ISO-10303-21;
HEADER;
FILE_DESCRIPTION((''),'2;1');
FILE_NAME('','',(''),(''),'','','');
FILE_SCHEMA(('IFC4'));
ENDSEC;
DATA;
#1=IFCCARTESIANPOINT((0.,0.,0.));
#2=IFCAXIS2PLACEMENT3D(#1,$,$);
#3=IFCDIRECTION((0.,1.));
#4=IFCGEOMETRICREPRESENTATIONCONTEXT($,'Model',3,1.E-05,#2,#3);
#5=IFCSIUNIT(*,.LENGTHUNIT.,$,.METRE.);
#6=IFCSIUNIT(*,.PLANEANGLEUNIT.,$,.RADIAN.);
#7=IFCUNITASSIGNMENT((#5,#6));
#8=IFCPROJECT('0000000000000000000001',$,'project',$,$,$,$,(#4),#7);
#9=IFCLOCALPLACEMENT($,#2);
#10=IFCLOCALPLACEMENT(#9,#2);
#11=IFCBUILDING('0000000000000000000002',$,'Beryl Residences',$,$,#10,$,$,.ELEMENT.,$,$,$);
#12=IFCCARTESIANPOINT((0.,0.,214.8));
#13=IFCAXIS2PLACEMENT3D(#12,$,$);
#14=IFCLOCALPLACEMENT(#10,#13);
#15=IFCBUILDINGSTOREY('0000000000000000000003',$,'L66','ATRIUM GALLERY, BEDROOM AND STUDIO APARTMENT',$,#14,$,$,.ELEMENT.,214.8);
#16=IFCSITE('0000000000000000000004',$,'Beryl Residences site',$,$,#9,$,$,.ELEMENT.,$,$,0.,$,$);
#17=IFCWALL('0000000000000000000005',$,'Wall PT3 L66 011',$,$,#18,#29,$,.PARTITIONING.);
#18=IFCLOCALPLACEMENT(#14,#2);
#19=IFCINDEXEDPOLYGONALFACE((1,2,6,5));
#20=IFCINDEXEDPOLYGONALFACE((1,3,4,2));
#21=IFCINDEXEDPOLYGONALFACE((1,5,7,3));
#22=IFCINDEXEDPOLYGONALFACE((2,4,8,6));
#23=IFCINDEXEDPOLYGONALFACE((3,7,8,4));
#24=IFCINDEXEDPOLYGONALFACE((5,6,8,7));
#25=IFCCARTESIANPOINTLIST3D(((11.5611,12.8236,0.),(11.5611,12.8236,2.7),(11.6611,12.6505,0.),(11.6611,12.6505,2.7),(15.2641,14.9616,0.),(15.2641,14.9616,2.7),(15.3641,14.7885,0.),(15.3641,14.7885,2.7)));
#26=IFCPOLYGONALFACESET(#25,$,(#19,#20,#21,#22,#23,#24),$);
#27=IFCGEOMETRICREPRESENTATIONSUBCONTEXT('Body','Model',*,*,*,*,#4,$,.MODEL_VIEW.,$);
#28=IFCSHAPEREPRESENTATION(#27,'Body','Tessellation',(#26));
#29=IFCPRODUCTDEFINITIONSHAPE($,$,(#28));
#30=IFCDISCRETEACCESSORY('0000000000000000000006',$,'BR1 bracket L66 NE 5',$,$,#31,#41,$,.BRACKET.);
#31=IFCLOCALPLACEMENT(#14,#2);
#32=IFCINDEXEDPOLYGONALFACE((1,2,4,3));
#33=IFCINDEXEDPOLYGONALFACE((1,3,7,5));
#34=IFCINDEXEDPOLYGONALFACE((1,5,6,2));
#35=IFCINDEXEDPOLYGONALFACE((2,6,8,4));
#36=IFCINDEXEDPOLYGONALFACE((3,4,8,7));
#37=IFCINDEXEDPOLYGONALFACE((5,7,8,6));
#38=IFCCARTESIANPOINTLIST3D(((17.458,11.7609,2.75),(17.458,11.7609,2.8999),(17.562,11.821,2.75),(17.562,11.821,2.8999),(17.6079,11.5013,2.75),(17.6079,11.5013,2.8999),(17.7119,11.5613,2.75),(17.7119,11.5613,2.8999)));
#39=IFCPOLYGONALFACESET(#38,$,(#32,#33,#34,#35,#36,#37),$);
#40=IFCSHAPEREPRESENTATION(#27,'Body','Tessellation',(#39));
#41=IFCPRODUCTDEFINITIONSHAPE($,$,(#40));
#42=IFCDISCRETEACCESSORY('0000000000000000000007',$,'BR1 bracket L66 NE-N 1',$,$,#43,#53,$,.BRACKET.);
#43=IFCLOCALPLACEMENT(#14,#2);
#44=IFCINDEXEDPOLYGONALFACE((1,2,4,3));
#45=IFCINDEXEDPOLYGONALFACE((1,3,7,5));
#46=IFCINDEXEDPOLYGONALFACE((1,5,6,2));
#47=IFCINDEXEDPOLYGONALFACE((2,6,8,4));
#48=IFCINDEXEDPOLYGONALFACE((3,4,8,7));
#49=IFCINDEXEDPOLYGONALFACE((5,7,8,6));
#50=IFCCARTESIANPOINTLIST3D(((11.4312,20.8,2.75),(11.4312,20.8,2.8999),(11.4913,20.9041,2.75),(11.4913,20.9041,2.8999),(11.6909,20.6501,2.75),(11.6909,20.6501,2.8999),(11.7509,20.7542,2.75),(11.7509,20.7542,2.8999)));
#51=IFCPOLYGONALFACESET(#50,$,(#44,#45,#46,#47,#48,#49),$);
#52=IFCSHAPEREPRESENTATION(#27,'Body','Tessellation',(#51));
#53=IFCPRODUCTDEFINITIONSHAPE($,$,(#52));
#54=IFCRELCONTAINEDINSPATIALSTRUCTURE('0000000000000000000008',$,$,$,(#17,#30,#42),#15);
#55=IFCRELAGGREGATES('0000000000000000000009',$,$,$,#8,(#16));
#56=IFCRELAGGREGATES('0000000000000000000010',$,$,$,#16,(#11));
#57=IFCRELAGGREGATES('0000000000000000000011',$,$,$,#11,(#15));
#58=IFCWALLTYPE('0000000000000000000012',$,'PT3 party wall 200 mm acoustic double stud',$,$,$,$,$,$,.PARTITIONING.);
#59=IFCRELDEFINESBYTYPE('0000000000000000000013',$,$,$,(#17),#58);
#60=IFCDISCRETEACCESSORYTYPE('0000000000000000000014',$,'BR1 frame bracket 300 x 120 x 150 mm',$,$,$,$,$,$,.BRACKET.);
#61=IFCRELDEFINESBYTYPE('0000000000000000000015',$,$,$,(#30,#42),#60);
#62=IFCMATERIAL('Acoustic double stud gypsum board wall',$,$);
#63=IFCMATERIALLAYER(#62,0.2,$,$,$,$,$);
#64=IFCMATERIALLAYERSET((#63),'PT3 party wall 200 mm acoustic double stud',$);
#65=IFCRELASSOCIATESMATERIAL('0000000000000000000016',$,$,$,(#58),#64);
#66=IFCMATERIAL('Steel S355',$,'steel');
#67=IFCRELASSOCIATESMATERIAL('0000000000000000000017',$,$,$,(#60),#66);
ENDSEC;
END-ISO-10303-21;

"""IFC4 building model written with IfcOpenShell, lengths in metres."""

from ifc_helpers import new_model, si_unit, direction, frame, frame_2d, origin, place, context, subcontext, project, spatial, polyline, rectangle, outline, extrude, source, transform, mapped, material, layer, layer_set, type_object, type_shapes, element, save


model = new_model("IFC4")

# Units and contexts
model_context = context("Model", 3, precision=1e-05, world=origin(), true_north=direction((0.0, 1.0)))
body_context = subcontext(model_context, "Body", "Model", "MODEL_VIEW")
ifc_project = project(units=[si_unit("LENGTHUNIT", "METRE"), si_unit("PLANEANGLEUNIT", "RADIAN")], contexts=[model_context])

# Site, building, storey
site_placement = place(None, origin())
site = spatial("IfcSite", under=ifc_project, at=site_placement, Name="Beryl Residences site", CompositionType="ELEMENT", RefElevation=0.0)
building_placement = place(site_placement, origin())
building = spatial("IfcBuilding", under=site, at=building_placement, Name="Beryl Residences", CompositionType="ELEMENT")
storey_placement = place(building_placement, frame((0.0, 0.0, 214.8)))
storey = spatial("IfcBuildingStorey", under=building, at=storey_placement, Name="L66", Description="ATRIUM GALLERY, BEDROOM AND STUDIO APARTMENT", CompositionType="ELEMENT", Elevation=214.8)

# Wall
ifc_material_1 = material(Name="Acoustic double stud gypsum board wall")
ifc_layer_1 = layer(ifc_material_1, 0.2)
ifc_layer_set_1 = layer_set([ifc_layer_1], Name="PT3 party wall 200 mm acoustic double stud")
wall_type_1 = type_object("IfcWallType", Name="PT3 party wall 200 mm acoustic double stud", PredefinedType="PARTITIONING", material=ifc_layer_set_1)
wall_1_placement = place(storey_placement, frame((11.6111, 12.7371, 0.0), z_axis=(0.0, 0.0, 1.0), x_axis=(0.866017, 0.500014, 0.0)))
element("IfcWall", 1, at=wall_1_placement, inside=storey, type_object=wall_type_1, Name="Wall PT3 L66 011", PredefinedType="PARTITIONING", context=body_context, shape_type="SweptSolid", body=[
    extrude(rectangle(XDim=4.2759, YDim=0.2, at=frame_2d((2.1379, 0.0))), origin(), (0.0, 0.0, 1.0), 2.7),
])

# Discrete accessories
ifc_material_2 = material(Name="Steel S355", Category="steel")
discrete_accessory_type = type_object("IfcDiscreteAccessoryType", Name="BR1 frame bracket 300 x 120 x 150 mm", PredefinedType="BRACKET", material=ifc_material_2)
shared_shape_1 = source(origin(), body_context, "Body", "SweptSolid", [
    extrude(outline(polyline([(-0.1499, 0.0), (0.1499, 0.0), (0.1499, 0.1201), (-0.1499, 0.1201), (-0.1499, 0.0)])), origin(), (0.0, 0.0, 1.0), 0.1499),
])
type_shapes(discrete_accessory_type, [shared_shape_1])
for number, where, z_axis, x_axis, name in (
    (2, (17.533, 11.6311, 2.75), (0.0, 0.0, 1.0), (0.5, -0.866025, 0.0), "BR1 bracket L66 NE 5"),
    (3, (11.561, 20.7251, 2.75), (0.0, 0.0, 1.0), (0.866025, -0.5, 0.0), "BR1 bracket L66 NE-N 1"),
):
    element("IfcDiscreteAccessory", number, at=place(storey_placement, frame(where, z_axis=z_axis, x_axis=x_axis)), inside=storey, type_object=discrete_accessory_type, Name=name, PredefinedType="BRACKET", context=body_context, shape_type="MappedRepresentation", body=[
        mapped(shared_shape_1, transform((0.0, 0.0, 0.0))),
    ])

save(model, "model.ifc")
